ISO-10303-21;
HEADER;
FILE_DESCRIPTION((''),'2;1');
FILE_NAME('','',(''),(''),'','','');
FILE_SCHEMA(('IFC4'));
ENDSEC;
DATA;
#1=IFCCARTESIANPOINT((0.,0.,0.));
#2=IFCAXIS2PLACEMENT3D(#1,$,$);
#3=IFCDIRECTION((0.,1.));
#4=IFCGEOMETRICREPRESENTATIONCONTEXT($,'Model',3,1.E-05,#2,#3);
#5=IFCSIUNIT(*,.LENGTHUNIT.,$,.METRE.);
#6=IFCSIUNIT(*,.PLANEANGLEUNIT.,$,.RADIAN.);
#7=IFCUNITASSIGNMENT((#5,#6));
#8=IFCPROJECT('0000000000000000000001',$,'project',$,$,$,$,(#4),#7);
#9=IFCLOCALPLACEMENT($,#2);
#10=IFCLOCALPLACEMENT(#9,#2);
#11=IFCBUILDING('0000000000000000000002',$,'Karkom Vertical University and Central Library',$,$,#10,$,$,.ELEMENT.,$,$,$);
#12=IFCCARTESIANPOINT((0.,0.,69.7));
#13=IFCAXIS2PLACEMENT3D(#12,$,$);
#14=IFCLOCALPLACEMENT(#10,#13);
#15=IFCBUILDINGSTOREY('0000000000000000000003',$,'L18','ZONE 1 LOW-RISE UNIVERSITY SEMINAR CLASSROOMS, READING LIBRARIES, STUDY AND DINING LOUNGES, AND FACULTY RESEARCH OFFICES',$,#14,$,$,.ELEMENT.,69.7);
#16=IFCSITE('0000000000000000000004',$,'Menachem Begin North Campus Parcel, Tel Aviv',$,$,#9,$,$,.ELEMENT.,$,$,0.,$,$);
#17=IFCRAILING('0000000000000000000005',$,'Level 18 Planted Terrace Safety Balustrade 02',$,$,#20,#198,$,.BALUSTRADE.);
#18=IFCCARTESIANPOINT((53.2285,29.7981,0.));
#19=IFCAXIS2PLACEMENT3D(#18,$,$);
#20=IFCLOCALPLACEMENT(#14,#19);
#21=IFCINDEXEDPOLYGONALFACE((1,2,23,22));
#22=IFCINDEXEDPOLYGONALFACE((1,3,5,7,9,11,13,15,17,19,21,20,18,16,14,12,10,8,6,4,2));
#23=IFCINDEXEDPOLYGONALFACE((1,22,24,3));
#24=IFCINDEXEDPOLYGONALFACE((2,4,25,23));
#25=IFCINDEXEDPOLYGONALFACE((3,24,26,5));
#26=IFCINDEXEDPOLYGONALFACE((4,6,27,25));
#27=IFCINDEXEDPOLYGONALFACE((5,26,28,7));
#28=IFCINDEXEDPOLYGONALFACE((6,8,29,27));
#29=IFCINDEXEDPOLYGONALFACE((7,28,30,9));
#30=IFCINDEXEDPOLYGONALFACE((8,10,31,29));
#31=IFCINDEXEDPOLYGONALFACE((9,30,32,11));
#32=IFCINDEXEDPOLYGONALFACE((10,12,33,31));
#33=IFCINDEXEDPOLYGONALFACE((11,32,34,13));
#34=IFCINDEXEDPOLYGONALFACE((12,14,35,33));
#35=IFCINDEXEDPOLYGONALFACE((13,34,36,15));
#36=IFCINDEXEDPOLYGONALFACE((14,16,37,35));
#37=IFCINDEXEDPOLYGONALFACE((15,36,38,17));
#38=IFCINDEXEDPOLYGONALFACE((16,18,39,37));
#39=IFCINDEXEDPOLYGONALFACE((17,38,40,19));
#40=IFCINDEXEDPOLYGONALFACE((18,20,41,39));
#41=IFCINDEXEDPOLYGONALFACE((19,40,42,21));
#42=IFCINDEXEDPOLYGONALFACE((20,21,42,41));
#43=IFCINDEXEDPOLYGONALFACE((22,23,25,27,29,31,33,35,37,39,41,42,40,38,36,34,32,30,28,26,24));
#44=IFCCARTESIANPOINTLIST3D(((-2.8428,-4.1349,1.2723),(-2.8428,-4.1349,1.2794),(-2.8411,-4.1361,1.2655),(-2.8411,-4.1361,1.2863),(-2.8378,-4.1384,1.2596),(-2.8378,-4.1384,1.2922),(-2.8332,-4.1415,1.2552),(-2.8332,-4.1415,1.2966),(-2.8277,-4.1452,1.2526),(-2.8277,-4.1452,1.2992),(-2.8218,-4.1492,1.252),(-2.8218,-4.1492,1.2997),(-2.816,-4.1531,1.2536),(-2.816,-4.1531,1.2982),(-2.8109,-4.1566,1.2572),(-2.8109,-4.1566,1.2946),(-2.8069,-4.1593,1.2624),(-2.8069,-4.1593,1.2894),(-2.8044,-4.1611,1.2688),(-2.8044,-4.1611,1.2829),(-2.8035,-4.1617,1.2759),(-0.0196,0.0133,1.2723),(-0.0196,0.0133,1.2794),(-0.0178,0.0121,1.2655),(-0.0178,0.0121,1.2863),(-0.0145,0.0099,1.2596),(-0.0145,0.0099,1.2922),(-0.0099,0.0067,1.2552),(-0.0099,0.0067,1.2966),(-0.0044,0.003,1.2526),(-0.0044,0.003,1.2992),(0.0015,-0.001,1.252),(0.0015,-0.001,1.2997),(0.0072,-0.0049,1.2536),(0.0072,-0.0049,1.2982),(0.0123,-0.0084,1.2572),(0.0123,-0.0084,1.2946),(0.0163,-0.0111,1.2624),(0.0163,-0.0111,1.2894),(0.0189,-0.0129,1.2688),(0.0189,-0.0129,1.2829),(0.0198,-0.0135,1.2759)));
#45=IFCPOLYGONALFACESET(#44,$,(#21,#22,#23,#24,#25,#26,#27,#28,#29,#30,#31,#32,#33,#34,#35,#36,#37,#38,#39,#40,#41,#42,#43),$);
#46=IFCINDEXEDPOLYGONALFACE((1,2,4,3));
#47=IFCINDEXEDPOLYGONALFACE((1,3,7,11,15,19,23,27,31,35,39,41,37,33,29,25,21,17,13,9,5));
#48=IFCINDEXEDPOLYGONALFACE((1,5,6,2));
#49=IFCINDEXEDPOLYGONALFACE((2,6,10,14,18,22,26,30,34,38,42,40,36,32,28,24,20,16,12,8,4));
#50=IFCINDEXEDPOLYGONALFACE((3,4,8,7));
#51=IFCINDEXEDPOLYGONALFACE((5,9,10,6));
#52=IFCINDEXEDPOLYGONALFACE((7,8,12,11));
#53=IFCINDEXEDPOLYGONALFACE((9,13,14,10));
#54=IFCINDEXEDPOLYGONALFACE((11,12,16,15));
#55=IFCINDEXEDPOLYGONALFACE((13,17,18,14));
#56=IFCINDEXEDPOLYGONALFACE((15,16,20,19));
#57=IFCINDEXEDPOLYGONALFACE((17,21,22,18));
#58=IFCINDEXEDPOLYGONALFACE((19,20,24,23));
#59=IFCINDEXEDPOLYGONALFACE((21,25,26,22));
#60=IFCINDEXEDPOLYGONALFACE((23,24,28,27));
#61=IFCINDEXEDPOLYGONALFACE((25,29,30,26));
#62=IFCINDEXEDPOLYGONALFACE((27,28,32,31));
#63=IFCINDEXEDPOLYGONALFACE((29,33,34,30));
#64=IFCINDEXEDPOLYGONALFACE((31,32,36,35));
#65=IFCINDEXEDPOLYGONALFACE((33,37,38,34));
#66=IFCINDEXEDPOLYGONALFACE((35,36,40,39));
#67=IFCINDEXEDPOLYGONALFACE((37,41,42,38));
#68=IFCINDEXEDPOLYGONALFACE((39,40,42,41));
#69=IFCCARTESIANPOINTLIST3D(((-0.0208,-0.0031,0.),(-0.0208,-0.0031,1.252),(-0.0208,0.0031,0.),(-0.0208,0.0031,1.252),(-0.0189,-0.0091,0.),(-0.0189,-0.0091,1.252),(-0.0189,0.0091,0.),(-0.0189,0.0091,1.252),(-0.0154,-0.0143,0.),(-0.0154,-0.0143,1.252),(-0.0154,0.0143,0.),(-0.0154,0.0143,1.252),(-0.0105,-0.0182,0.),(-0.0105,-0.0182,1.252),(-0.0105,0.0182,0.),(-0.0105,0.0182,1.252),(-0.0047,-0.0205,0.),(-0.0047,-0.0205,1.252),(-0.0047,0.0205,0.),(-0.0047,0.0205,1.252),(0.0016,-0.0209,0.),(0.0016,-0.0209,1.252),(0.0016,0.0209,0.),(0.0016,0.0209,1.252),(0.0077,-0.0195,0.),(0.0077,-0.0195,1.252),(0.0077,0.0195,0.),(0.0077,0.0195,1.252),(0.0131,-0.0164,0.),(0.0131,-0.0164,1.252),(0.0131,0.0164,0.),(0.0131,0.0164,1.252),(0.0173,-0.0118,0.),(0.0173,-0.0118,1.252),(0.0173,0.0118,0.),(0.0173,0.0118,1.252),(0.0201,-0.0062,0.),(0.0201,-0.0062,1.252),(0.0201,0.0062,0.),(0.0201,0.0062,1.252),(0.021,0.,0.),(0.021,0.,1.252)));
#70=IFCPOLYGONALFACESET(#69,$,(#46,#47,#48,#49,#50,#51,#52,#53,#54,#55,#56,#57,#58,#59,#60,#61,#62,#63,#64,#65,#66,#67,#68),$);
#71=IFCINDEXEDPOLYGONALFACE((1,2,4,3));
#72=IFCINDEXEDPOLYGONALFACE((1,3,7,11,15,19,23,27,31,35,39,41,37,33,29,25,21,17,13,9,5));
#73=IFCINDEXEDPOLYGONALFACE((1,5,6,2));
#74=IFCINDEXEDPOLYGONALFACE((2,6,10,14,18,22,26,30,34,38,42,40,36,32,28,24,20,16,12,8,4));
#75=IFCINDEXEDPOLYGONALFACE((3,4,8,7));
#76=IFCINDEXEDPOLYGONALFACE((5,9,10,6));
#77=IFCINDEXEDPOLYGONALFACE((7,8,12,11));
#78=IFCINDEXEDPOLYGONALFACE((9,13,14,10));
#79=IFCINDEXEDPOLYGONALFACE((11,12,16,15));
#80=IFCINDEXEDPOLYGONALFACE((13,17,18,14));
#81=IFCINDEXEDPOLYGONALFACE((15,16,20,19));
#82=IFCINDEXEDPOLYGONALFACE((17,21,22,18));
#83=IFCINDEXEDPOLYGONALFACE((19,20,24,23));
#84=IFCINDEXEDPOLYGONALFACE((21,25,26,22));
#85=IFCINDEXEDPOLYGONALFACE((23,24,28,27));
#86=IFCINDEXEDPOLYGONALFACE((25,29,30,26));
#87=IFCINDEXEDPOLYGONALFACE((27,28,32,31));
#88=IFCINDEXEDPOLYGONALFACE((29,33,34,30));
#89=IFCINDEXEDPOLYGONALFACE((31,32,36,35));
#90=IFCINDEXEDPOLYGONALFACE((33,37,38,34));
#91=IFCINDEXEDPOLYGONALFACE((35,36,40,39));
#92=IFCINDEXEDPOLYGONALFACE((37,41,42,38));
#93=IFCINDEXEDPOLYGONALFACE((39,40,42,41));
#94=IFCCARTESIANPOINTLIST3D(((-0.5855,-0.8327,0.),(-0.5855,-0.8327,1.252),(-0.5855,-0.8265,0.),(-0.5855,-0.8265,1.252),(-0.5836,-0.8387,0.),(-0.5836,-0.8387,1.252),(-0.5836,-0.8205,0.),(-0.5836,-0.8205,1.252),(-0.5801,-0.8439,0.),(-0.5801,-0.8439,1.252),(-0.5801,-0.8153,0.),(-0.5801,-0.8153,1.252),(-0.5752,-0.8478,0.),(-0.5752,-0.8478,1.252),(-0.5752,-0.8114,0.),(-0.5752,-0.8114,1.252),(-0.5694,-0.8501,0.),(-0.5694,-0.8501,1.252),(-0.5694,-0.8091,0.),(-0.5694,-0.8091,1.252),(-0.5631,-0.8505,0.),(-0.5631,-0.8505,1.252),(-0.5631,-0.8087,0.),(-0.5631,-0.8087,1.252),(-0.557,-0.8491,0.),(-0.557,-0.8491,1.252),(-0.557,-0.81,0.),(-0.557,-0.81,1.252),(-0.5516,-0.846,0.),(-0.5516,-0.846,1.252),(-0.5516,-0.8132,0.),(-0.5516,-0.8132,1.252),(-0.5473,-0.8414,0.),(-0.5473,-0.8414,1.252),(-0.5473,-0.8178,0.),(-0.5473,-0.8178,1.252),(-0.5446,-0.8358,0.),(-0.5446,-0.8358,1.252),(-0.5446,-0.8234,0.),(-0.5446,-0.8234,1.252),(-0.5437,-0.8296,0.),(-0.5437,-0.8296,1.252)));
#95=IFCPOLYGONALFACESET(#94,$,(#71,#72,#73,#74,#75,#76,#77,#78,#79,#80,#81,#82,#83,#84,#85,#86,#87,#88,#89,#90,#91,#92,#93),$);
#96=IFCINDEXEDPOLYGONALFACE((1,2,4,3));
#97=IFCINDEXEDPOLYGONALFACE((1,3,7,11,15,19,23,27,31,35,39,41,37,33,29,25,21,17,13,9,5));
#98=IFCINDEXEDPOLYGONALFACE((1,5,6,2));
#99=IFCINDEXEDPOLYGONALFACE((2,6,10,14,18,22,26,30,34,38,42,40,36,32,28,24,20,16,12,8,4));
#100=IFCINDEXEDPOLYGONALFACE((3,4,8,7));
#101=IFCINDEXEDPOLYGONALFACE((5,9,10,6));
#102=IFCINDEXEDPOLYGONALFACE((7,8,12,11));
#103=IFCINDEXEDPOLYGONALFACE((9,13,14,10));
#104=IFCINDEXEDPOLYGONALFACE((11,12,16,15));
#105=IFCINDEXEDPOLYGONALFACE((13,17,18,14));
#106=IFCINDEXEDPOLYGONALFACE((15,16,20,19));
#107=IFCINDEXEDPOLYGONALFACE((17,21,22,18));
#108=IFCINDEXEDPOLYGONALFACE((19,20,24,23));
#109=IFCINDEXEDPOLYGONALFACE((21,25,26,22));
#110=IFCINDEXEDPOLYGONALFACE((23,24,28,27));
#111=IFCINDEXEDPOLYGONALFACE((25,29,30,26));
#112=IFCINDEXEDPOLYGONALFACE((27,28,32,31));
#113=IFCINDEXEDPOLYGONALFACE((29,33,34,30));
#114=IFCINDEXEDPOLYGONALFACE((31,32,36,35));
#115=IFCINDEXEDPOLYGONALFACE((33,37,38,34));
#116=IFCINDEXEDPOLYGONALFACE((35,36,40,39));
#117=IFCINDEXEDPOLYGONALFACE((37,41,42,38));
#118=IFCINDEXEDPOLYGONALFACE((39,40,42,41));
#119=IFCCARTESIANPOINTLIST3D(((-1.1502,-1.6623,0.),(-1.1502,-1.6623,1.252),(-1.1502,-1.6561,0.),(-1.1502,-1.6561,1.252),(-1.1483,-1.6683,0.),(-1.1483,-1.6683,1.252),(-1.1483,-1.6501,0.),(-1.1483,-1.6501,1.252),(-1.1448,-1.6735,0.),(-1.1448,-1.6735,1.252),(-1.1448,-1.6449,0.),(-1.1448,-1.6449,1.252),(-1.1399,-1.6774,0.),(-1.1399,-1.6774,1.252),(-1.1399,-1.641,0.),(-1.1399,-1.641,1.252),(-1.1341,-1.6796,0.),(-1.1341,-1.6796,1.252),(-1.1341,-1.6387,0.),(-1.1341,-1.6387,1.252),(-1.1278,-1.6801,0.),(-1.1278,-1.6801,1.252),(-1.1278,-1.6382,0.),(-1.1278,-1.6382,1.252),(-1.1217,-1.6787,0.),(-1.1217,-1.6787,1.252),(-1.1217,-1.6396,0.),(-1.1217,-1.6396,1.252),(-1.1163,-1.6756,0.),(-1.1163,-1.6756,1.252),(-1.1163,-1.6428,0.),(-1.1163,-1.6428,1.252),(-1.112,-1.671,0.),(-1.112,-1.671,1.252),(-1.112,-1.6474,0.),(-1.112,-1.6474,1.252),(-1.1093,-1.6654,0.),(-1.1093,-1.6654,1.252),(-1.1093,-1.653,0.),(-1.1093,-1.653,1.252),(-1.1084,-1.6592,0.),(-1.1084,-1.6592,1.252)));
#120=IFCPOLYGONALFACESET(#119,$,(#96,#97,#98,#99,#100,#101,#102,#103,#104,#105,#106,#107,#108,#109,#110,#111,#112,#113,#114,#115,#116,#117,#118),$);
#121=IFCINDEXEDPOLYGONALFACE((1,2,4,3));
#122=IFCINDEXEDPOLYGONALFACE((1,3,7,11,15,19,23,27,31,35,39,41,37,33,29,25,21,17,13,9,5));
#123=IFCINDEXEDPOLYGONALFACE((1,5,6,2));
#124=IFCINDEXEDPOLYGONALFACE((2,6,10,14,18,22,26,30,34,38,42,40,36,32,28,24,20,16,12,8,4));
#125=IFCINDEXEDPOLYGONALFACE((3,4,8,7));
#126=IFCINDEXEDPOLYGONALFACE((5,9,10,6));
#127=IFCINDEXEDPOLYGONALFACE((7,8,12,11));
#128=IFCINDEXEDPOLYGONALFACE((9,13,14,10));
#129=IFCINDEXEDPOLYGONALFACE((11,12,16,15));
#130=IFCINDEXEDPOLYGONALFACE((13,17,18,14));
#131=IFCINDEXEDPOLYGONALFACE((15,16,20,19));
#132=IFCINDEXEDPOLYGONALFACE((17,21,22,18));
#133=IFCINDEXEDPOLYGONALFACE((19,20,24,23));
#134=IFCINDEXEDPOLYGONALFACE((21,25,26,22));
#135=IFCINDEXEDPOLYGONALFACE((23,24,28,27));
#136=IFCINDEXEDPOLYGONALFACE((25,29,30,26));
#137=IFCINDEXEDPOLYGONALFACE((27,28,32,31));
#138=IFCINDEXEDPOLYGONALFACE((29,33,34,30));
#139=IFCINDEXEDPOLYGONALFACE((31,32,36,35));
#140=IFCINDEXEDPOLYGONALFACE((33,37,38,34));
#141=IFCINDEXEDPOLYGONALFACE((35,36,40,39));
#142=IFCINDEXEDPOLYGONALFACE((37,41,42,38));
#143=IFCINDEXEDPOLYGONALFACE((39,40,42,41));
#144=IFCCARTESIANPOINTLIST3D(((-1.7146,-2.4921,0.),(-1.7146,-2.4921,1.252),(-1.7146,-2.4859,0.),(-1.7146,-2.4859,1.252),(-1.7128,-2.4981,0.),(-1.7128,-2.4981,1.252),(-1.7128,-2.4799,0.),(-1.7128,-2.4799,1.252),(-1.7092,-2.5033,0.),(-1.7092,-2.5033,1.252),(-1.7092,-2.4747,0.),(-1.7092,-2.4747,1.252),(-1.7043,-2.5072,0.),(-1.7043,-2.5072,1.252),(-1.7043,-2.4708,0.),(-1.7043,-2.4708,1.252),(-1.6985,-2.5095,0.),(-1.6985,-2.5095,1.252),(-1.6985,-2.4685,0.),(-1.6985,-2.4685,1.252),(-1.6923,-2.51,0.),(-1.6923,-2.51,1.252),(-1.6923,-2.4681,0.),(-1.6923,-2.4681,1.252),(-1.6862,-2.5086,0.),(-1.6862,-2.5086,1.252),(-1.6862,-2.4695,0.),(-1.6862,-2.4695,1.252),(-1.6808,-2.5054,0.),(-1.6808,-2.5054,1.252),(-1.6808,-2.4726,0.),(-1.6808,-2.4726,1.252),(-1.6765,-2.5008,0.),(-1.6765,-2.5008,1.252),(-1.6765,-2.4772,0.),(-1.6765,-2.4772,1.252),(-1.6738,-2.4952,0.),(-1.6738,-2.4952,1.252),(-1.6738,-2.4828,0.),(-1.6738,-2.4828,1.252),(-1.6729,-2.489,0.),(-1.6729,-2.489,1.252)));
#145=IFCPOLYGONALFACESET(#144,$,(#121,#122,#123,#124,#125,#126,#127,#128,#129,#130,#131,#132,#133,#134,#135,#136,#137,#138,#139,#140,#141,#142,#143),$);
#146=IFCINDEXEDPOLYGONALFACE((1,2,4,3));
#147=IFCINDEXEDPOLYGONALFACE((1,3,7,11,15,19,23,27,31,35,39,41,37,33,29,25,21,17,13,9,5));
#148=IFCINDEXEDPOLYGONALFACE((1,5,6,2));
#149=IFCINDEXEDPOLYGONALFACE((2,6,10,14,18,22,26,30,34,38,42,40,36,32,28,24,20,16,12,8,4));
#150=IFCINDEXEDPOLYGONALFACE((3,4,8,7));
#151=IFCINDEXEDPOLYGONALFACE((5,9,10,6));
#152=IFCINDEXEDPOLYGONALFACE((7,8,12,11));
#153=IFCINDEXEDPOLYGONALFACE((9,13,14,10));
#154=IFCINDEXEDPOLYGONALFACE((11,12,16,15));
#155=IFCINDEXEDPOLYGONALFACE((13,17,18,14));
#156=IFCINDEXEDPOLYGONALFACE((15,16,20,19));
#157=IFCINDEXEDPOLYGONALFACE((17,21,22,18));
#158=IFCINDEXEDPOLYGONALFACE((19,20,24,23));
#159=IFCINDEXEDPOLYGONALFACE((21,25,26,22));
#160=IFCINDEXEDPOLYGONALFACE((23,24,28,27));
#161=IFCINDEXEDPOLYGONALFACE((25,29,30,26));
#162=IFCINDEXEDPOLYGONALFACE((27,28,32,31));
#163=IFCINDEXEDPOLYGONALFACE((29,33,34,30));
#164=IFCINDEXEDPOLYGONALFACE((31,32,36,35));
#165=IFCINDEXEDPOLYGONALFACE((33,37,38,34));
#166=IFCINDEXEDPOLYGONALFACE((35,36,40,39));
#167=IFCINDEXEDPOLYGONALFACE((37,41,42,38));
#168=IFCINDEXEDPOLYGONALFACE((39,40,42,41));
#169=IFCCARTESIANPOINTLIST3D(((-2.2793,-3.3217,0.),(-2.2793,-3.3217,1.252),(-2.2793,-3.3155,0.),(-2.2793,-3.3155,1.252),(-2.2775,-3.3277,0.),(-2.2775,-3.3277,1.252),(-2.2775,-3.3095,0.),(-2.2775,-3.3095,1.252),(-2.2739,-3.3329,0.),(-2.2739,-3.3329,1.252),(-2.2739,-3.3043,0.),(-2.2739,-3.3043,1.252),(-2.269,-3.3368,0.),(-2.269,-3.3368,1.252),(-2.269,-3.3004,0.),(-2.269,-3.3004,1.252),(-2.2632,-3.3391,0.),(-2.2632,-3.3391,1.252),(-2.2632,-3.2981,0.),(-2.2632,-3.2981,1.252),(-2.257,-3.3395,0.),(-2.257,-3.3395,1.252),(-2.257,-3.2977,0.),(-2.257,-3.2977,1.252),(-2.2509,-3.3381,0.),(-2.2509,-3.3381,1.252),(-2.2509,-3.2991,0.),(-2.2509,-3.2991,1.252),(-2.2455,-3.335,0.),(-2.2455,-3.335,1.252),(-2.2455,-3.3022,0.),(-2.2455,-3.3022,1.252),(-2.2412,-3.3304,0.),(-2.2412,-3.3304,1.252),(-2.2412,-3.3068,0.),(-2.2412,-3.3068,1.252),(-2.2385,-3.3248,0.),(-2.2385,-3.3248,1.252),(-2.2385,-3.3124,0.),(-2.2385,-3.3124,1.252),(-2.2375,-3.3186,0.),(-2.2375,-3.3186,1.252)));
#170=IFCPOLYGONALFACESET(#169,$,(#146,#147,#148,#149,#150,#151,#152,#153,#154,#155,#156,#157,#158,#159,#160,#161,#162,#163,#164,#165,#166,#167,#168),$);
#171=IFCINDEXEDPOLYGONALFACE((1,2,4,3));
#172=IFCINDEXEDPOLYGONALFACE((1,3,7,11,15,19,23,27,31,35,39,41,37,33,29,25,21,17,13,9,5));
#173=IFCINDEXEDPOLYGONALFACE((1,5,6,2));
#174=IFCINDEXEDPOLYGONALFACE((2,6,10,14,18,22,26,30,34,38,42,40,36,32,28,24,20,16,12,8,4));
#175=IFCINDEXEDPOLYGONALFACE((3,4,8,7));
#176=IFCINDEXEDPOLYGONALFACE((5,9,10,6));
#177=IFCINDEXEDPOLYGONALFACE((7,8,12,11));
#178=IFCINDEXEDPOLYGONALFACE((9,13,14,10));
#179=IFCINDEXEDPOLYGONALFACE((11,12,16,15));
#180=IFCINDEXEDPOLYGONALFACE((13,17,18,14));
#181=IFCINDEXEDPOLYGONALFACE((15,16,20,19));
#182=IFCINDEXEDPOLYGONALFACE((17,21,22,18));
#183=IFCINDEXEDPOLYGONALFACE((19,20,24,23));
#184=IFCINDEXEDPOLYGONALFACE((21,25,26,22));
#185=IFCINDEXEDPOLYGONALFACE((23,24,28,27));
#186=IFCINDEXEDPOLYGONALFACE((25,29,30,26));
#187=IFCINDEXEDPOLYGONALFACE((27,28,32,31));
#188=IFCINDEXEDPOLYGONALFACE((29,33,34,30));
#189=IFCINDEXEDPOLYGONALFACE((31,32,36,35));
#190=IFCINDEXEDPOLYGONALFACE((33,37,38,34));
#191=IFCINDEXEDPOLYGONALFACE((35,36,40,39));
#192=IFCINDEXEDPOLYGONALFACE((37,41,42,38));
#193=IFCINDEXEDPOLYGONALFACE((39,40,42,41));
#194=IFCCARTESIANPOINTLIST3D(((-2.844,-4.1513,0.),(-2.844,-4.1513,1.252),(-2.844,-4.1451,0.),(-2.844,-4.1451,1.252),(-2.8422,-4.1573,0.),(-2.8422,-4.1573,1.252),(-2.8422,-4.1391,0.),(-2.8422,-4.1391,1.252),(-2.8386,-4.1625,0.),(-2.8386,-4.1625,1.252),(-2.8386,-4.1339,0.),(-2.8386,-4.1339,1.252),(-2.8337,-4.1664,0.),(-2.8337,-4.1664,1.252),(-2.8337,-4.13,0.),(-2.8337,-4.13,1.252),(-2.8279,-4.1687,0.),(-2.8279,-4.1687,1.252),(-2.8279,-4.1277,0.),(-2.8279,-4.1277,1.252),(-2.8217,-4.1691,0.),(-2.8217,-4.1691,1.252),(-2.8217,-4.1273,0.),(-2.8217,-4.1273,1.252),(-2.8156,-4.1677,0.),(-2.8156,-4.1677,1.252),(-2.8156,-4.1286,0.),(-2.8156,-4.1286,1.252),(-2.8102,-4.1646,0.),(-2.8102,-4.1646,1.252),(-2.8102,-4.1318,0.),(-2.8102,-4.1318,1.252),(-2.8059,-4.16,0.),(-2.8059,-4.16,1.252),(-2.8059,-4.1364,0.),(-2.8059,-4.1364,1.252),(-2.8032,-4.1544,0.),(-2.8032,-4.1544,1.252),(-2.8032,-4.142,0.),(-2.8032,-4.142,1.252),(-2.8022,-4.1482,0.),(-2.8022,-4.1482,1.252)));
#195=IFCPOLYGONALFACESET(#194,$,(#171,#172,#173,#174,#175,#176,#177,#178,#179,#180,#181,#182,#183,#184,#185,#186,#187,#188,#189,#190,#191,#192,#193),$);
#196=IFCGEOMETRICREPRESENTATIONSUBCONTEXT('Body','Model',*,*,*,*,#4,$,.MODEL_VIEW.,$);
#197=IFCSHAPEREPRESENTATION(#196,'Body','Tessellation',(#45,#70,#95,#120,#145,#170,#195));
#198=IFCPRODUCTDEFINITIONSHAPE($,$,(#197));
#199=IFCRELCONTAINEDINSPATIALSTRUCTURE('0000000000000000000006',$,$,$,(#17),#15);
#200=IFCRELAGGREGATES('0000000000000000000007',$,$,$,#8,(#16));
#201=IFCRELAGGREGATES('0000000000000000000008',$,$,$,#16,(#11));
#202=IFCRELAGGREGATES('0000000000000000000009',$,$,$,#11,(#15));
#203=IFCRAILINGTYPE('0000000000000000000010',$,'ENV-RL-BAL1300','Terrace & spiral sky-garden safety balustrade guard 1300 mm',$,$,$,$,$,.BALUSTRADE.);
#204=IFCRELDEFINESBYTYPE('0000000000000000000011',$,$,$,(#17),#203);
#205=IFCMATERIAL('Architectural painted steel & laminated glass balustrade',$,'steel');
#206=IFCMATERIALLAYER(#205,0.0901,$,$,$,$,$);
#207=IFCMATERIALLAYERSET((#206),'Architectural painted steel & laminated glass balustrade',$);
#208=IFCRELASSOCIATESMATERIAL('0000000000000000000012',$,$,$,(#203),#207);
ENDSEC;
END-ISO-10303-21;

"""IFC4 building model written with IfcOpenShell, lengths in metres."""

from ifc_helpers import new_model, si_unit, direction, frame, origin, origin_2d, place, context, subcontext, project, spatial, circle, extrude, material, layer, layer_set, type_object, element, save


model = new_model("IFC4")

# Units and contexts
model_context = context("Model", 3, precision=1e-05, world=origin(), true_north=direction((0.0, 1.0)))
body_context = subcontext(model_context, "Body", "Model", "MODEL_VIEW")
ifc_project = project(units=[si_unit("LENGTHUNIT", "METRE"), si_unit("PLANEANGLEUNIT", "RADIAN")], contexts=[model_context])

# Site, building, storey
site_placement = place(None, origin())
site = spatial("IfcSite", under=ifc_project, at=site_placement, Name="Menachem Begin North Campus Parcel, Tel Aviv", CompositionType="ELEMENT", RefElevation=0.0)
building_placement = place(site_placement, origin())
building = spatial("IfcBuilding", under=site, at=building_placement, Name="Karkom Vertical University and Central Library", CompositionType="ELEMENT")
storey_placement = place(building_placement, frame((0.0, 0.0, 69.7)))
storey = spatial("IfcBuildingStorey", under=building, at=storey_placement, Name="L18", Description="ZONE 1 LOW-RISE UNIVERSITY SEMINAR CLASSROOMS, READING LIBRARIES, STUDY AND DINING LOUNGES, AND FACULTY RESEARCH OFFICES", CompositionType="ELEMENT", Elevation=69.7)

# Railing
ifc_material_1 = material(Name="Architectural painted steel & laminated glass balustrade", Category="steel")
ifc_layer_1 = layer(ifc_material_1, 0.0901)
ifc_layer_set_1 = layer_set([ifc_layer_1], Name="Architectural painted steel & laminated glass balustrade")
railing_type_1 = type_object("IfcRailingType", Name="ENV-RL-BAL1300", Description="Terrace & spiral sky-garden safety balustrade guard 1300 mm", PredefinedType="BALUSTRADE", material=ifc_layer_set_1)
railing_1_placement = place(storey_placement, frame((53.2285, 29.7981, 0.0)))
element("IfcRailing", 1, at=railing_1_placement, inside=storey, type_object=railing_type_1, Name="Level 18 Planted Terrace Safety Balustrade 02", PredefinedType="BALUSTRADE", context=body_context, shape_type="SweptSolid", body=[
    extrude(circle(Radius=0.0239, at=origin_2d()), frame((0.0, 0.0, 1.2759), z_axis=(-0.562647, -0.826697, 0.0), x_axis=(0.826697, -0.562647, 0.0)), (0.0, 0.0, 1.0), 5.0178),
    extrude(circle(Radius=0.021, at=origin_2d()), origin(), (0.0, 0.0, 1.0), 1.252),
    extrude(circle(Radius=0.021, at=origin_2d()), frame((-0.5647, -0.8296, 0.0)), (0.0, 0.0, 1.0), 1.252),
    extrude(circle(Radius=0.021, at=origin_2d()), frame((-1.1294, -1.6592, 0.0)), (0.0, 0.0, 1.0), 1.252),
    extrude(circle(Radius=0.021, at=origin_2d()), frame((-1.6938, -2.489, 0.0)), (0.0, 0.0, 1.0), 1.252),
    extrude(circle(Radius=0.021, at=origin_2d()), frame((-2.2585, -3.3186, 0.0)), (0.0, 0.0, 1.0), 1.252),
    extrude(circle(Radius=0.021, at=origin_2d()), frame((-2.8232, -4.1482, 0.0)), (0.0, 0.0, 1.0), 1.252),
])

save(model, "model.ifc")
